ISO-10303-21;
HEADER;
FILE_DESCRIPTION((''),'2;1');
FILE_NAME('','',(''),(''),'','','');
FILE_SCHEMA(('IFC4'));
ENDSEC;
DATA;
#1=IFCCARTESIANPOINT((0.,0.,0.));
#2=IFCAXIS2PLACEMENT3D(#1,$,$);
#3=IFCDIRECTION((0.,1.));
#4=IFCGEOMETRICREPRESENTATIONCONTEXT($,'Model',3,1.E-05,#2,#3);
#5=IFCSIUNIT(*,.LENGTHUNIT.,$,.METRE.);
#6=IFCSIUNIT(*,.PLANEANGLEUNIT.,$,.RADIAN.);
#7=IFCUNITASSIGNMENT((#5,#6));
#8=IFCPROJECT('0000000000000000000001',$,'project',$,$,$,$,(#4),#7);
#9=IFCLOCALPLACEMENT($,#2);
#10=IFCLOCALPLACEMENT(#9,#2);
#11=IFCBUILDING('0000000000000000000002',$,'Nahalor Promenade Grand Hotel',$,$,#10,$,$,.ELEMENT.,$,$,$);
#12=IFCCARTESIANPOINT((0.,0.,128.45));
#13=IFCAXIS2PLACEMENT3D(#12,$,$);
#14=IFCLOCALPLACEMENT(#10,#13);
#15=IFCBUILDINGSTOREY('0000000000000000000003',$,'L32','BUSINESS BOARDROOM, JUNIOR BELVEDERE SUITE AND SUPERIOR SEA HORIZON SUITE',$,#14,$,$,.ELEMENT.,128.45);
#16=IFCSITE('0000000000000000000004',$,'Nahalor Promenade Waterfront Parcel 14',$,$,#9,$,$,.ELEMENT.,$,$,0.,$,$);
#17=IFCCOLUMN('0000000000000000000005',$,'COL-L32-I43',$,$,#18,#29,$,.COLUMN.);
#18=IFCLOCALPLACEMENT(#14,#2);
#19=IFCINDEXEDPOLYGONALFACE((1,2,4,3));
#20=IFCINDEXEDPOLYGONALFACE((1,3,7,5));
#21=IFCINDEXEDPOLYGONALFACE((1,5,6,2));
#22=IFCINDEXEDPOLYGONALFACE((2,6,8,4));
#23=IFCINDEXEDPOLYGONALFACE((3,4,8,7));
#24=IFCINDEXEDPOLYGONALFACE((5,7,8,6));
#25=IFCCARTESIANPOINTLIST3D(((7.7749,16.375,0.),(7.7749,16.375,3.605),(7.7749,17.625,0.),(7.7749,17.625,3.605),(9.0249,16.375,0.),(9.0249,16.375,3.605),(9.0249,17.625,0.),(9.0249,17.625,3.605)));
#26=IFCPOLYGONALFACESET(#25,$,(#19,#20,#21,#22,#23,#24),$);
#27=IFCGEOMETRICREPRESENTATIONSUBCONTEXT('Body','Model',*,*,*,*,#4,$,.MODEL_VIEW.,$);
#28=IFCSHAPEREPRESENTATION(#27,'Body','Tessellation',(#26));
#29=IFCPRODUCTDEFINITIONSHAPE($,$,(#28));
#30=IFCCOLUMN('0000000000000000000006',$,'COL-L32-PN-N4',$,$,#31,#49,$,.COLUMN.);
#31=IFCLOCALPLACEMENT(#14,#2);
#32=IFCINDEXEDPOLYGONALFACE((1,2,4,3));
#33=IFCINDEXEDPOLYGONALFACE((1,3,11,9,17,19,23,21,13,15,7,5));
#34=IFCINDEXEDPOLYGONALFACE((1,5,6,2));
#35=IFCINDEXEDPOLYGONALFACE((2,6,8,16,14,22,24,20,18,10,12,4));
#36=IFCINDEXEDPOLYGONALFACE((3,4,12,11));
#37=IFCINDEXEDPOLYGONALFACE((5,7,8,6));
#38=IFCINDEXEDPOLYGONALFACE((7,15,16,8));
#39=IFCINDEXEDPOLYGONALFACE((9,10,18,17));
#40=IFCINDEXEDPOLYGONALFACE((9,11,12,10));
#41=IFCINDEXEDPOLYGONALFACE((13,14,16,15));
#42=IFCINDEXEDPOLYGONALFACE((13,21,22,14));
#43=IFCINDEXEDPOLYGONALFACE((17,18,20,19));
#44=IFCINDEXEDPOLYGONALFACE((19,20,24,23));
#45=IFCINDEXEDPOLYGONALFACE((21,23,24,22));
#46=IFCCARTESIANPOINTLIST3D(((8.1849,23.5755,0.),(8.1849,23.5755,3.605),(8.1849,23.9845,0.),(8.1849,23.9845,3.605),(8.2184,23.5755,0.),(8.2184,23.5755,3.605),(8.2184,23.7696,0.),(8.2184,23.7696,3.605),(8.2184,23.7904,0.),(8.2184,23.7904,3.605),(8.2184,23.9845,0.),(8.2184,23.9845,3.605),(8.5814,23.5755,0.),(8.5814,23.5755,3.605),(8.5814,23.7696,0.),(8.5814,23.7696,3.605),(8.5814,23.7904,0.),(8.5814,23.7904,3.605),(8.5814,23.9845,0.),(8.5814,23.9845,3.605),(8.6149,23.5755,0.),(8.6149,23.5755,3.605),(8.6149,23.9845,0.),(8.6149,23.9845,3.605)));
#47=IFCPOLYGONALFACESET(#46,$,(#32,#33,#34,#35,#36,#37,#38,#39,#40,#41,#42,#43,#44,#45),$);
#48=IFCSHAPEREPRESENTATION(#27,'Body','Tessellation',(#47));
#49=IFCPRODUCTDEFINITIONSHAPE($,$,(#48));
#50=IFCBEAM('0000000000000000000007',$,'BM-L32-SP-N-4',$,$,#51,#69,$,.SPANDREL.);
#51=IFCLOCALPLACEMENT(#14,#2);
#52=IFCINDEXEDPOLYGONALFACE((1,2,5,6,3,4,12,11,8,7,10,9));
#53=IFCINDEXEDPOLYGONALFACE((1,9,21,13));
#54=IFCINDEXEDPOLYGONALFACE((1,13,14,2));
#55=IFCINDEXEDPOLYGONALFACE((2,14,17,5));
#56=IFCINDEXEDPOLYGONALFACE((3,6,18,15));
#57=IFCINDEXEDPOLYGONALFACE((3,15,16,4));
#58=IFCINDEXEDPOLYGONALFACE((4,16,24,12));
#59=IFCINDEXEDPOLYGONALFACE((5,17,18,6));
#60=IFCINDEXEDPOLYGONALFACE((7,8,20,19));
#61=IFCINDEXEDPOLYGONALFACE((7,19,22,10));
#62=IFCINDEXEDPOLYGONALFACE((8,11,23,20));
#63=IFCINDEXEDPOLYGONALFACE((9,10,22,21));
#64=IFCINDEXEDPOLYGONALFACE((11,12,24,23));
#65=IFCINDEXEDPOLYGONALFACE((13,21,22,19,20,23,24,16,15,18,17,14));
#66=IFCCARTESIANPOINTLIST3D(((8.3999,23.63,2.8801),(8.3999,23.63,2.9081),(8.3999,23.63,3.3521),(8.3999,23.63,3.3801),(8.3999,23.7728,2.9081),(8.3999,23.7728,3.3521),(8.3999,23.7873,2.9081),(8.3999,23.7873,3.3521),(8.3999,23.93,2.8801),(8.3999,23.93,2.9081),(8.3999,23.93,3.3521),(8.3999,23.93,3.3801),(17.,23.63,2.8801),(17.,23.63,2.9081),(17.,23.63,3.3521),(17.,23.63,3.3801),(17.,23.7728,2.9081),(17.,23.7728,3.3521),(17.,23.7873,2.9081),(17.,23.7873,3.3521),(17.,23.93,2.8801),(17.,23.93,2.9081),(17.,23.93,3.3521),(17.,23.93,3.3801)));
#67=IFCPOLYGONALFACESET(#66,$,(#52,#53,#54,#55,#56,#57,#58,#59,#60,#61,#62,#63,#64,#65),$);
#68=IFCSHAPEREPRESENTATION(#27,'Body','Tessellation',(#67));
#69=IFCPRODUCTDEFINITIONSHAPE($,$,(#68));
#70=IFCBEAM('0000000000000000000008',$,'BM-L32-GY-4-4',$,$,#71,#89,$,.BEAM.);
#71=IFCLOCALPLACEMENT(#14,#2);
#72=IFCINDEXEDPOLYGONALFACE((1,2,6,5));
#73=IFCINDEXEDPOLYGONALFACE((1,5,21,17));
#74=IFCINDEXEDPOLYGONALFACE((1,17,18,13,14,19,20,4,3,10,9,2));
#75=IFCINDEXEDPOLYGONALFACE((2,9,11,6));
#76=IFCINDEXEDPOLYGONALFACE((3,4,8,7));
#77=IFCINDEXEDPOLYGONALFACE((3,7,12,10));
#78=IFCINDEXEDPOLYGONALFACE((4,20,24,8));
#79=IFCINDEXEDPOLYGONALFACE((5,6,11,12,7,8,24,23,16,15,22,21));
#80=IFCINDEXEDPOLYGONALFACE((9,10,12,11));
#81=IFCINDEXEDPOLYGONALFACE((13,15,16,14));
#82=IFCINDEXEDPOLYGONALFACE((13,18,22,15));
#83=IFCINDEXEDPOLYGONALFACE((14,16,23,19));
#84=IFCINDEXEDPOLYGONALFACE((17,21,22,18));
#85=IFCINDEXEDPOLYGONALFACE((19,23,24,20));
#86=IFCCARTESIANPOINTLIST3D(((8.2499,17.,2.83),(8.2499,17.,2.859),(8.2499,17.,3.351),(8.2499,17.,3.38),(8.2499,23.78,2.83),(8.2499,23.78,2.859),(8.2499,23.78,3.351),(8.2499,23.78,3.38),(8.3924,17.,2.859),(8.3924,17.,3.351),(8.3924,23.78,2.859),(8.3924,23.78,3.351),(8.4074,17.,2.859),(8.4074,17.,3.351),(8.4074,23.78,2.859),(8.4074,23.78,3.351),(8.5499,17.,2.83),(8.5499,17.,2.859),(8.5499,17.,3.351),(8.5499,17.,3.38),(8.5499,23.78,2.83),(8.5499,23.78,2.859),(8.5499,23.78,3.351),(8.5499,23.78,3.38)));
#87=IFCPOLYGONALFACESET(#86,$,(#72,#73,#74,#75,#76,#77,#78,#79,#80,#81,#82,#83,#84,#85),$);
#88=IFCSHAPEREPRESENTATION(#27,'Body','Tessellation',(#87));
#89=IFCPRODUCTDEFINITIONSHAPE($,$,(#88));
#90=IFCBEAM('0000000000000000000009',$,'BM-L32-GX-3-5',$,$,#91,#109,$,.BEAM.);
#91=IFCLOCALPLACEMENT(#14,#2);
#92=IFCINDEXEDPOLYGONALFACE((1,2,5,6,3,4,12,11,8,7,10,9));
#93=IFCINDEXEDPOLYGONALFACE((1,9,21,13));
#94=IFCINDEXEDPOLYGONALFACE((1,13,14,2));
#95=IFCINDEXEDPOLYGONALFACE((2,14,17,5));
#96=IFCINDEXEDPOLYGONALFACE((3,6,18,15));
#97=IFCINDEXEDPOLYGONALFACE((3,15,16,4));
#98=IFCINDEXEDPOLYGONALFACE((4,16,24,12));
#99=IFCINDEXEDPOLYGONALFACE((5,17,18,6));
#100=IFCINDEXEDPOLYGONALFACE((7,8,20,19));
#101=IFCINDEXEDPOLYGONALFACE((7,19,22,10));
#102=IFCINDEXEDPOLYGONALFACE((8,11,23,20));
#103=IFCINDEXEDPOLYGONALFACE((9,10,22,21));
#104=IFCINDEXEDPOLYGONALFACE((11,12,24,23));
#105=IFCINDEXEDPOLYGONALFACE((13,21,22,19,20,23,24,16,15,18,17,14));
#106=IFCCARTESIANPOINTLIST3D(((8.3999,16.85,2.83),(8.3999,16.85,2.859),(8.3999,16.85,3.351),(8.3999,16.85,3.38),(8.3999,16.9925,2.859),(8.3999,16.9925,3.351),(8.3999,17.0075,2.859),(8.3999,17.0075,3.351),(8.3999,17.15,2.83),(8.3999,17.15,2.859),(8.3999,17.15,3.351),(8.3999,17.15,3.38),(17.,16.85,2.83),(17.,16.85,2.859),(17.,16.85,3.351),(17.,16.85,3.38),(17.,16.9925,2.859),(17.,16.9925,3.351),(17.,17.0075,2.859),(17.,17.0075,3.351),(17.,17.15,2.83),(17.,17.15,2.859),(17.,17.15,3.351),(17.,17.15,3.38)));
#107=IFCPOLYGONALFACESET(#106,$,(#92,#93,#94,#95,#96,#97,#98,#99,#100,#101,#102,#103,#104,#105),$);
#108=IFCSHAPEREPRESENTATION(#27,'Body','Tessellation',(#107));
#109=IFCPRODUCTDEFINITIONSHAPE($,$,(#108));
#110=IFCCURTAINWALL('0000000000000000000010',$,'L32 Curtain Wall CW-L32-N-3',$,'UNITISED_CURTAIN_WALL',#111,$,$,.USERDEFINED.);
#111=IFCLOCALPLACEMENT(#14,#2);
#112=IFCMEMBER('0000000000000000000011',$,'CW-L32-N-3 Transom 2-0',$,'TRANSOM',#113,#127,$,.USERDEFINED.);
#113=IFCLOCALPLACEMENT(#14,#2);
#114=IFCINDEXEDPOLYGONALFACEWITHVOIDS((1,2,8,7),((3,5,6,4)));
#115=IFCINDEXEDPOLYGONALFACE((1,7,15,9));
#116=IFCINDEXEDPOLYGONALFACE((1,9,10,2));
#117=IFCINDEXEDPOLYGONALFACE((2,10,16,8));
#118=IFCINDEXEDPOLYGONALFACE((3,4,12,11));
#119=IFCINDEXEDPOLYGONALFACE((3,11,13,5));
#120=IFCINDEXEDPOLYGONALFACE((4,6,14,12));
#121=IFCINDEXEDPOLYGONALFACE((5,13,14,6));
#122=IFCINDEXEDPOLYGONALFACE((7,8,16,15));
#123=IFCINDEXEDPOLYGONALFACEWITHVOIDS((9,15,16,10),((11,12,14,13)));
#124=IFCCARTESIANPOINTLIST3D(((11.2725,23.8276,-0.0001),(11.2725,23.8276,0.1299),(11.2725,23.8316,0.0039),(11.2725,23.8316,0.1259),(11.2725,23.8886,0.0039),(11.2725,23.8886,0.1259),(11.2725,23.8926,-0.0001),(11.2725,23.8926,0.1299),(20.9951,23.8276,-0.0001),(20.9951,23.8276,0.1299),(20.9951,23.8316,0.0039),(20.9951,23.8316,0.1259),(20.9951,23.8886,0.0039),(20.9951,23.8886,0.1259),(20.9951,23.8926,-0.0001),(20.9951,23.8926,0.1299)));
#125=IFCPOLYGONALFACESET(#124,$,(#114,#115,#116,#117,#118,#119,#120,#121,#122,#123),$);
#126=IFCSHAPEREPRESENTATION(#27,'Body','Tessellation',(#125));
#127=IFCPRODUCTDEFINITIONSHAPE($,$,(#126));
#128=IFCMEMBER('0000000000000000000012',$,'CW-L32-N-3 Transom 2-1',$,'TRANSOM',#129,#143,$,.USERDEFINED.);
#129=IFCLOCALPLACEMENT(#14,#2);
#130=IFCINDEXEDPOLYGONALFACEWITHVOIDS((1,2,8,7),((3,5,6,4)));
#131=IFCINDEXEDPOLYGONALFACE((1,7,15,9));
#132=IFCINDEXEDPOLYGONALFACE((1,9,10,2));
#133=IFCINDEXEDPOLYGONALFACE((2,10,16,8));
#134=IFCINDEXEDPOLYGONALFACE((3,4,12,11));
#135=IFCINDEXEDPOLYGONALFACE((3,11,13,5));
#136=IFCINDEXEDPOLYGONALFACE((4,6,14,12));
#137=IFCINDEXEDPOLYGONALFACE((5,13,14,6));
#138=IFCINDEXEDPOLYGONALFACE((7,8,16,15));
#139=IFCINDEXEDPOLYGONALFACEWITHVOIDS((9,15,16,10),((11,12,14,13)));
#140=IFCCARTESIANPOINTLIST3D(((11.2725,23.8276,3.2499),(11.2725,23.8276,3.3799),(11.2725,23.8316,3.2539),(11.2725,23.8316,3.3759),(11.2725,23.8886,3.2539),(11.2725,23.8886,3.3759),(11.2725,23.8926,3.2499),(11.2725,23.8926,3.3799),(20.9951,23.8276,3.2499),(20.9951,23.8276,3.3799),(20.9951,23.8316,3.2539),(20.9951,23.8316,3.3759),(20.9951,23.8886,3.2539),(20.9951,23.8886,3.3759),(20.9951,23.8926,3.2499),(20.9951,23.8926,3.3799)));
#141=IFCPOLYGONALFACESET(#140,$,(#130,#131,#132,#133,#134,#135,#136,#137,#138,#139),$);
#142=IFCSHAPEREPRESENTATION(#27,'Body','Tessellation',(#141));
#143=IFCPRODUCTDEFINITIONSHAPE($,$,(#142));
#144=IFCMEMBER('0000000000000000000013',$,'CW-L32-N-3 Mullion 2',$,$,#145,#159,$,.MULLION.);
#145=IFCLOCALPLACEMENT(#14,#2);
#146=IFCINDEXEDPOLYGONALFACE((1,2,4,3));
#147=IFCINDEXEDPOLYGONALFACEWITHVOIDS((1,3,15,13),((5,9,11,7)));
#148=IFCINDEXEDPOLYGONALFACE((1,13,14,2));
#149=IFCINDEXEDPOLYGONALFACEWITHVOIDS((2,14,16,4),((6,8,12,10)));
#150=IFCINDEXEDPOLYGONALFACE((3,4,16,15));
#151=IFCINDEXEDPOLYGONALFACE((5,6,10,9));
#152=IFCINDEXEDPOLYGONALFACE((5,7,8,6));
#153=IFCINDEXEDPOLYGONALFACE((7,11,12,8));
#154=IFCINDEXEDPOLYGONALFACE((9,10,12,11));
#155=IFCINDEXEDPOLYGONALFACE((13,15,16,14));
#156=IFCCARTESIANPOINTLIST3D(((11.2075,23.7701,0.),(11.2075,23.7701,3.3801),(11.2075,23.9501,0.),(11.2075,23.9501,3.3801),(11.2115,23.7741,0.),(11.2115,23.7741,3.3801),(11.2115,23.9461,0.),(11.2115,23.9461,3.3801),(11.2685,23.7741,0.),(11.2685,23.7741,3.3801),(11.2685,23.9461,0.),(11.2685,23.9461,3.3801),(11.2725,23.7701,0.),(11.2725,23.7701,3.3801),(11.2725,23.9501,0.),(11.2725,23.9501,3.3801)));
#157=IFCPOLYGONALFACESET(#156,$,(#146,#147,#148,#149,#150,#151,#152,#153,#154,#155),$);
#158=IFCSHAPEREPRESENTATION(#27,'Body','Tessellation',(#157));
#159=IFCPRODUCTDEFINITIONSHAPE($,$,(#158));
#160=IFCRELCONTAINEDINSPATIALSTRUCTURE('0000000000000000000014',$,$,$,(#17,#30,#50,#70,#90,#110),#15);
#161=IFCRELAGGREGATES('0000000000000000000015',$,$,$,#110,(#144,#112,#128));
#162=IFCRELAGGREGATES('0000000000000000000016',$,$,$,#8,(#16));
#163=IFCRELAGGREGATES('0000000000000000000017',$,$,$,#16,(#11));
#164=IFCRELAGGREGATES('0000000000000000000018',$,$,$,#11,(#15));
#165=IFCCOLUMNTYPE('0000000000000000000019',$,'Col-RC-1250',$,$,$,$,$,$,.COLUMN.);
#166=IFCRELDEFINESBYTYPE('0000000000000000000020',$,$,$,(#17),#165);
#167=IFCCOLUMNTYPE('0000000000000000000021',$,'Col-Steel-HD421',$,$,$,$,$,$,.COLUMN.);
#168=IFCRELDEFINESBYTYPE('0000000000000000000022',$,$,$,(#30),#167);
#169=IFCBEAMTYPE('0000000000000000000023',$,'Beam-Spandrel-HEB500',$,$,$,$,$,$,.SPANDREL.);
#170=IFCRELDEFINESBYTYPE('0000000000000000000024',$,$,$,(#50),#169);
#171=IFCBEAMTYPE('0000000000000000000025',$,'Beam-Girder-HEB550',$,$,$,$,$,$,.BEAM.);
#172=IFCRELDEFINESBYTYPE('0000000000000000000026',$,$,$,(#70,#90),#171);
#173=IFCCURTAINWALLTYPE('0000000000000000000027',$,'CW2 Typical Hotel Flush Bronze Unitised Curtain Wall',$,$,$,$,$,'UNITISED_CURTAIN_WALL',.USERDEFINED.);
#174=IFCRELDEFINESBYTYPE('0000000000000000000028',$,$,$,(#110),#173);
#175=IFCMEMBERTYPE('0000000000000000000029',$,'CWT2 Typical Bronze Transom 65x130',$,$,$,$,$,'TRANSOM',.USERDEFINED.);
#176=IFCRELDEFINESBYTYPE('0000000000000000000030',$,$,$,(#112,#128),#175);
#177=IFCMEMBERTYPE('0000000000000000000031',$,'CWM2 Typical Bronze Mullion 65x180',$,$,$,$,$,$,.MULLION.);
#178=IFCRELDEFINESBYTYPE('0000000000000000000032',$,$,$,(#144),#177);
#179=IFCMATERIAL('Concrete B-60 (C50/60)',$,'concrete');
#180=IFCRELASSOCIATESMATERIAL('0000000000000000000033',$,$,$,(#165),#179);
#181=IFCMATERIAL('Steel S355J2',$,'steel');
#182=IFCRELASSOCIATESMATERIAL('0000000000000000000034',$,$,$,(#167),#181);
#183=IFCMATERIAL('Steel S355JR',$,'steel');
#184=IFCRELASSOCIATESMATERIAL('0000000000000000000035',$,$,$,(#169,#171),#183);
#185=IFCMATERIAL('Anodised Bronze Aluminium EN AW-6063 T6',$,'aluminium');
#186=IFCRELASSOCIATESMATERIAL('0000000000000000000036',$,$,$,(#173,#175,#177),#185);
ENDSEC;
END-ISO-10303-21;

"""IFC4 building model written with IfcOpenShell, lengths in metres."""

from ifc_helpers import new_model, si_unit, direction, frame, origin, origin_2d, place, context, subcontext, project, spatial, rectangle, hollow_rectangle, i_section, extrude, source, transform, mapped, material, material_profile, profile_set, type_object, element, aggregate, save


model = new_model("IFC4")

# Units and contexts
model_context = context("Model", 3, precision=1e-05, world=origin(), true_north=direction((0.0, 1.0)))
body_context = subcontext(model_context, "Body", "Model", "MODEL_VIEW")
ifc_project = project(units=[si_unit("LENGTHUNIT", "METRE"), si_unit("PLANEANGLEUNIT", "RADIAN")], contexts=[model_context])

# Site, building, storey
site_placement = place(None, origin())
site = spatial("IfcSite", under=ifc_project, at=site_placement, Name="Nahalor Promenade Waterfront Parcel 14", CompositionType="ELEMENT", RefElevation=0.0)
building_placement = place(site_placement, origin())
building = spatial("IfcBuilding", under=site, at=building_placement, Name="Nahalor Promenade Grand Hotel", CompositionType="ELEMENT")
storey_placement = place(building_placement, frame((0.0, 0.0, 128.45)))
storey = spatial("IfcBuildingStorey", under=building, at=storey_placement, Name="L32", Description="BUSINESS BOARDROOM, JUNIOR BELVEDERE SUITE AND SUPERIOR SEA HORIZON SUITE", CompositionType="ELEMENT", Elevation=128.45)

# Columns
ifc_material_1 = material(Name="Concrete B-60 (C50/60)", Category="concrete")
ifc_material_profile_1 = material_profile(ifc_material_1, rectangle(XDim=1.25, YDim=1.25, at=origin_2d()), Name="RC 1250x1250")
ifc_profile_set_1 = profile_set([ifc_material_profile_1], Name="Concrete B-60 (C50/60)")
column_type_1 = type_object("IfcColumnType", Name="Col-RC-1250", PredefinedType="COLUMN", material=ifc_profile_set_1)
shared_shape_1 = source(origin(), body_context, "Body", "SweptSolid", [
    extrude(rectangle(XDim=1.25, YDim=1.25, at=origin_2d()), origin(), (0.0, 0.0, 1.0), 3.605),
])
column_1_placement = place(storey_placement, frame((8.3999, 17.0, 0.0), z_axis=(0.0, 0.0, 1.0), x_axis=(1.0, 0.0, 0.0)))
element("IfcColumn", 1, at=column_1_placement, inside=storey, type_object=column_type_1, Name="COL-L32-I43", PredefinedType="COLUMN", context=body_context, shape_type="MappedRepresentation", body=[
    mapped(shared_shape_1, transform((0.0, 0.0, 0.0), scale=1.0)),
])
ifc_material_2 = material(Name="Steel S355J2", Category="steel")
ifc_material_profile_2 = material_profile(ifc_material_2, i_section(OverallWidth=0.409, OverallDepth=0.43, WebThickness=0.0208, FlangeThickness=0.0335, at=origin_2d()), Name="HD 400x421")
ifc_profile_set_2 = profile_set([ifc_material_profile_2], Name="Steel S355J2")
column_type_2 = type_object("IfcColumnType", Name="Col-Steel-HD421", PredefinedType="COLUMN", material=ifc_profile_set_2)
shared_shape_2 = source(origin(), body_context, "Body", "SweptSolid", [
    extrude(i_section(OverallWidth=0.409, OverallDepth=0.43, WebThickness=0.0208, FlangeThickness=0.0335, at=origin_2d()), origin(), (0.0, 0.0, 1.0), 3.605),
])
column_2_placement = place(storey_placement, frame((8.3999, 23.78, 0.0), z_axis=(0.0, 0.0, 1.0), x_axis=(0.0, 1.0, 0.0)))
element("IfcColumn", 2, at=column_2_placement, inside=storey, type_object=column_type_2, Name="COL-L32-PN-N4", PredefinedType="COLUMN", context=body_context, shape_type="MappedRepresentation", body=[
    mapped(shared_shape_2, transform((0.0, 0.0, 0.0), scale=1.0)),
])

# Beams
ifc_material_3 = material(Name="Steel S355JR", Category="steel")
ifc_material_profile_3 = material_profile(ifc_material_3, i_section(OverallWidth=0.3, OverallDepth=0.5, WebThickness=0.0145, FlangeThickness=0.028, at=origin_2d()), Name="HEB 500")
ifc_profile_set_3 = profile_set([ifc_material_profile_3], Name="Steel S355JR")
beam_type_1 = type_object("IfcBeamType", Name="Beam-Spandrel-HEB500", PredefinedType="SPANDREL", material=ifc_profile_set_3)
shared_shape_3 = source(origin(), body_context, "Body", "SweptSolid", [
    extrude(i_section(OverallWidth=0.3, OverallDepth=0.5, WebThickness=0.0145, FlangeThickness=0.028, at=origin_2d()), origin(), (0.0, 0.0, 1.0), 8.6001),
])
beam_1_placement = place(storey_placement, frame((8.3999, 23.78, 3.1301), z_axis=(1.0, 0.0, 0.0), x_axis=(0.0, 1.0, 0.0)))
element("IfcBeam", 3, at=beam_1_placement, inside=storey, type_object=beam_type_1, Name="BM-L32-SP-N-4", PredefinedType="SPANDREL", context=body_context, shape_type="MappedRepresentation", body=[
    mapped(shared_shape_3, transform((0.0, 0.0, 0.0), scale=1.0)),
])
ifc_material_profile_4 = material_profile(ifc_material_3, i_section(OverallWidth=0.3, OverallDepth=0.55, WebThickness=0.015, FlangeThickness=0.029, at=origin_2d()), Name="HEB 550")
ifc_profile_set_4 = profile_set([ifc_material_profile_4], Name="Steel S355JR")
beam_type_2 = type_object("IfcBeamType", Name="Beam-Girder-HEB550", PredefinedType="BEAM", material=ifc_profile_set_4)
shared_shape_4 = source(origin(), body_context, "Body", "SweptSolid", [
    extrude(i_section(OverallWidth=0.3, OverallDepth=0.55, WebThickness=0.015, FlangeThickness=0.029, at=origin_2d()), origin(), (0.0, 0.0, 1.0), 6.78),
])
beam_2_placement = place(storey_placement, frame((8.3999, 17.0, 3.105), z_axis=(0.0, 1.0, 0.0), x_axis=(-1.0, 0.0, 0.0)))
element("IfcBeam", 4, at=beam_2_placement, inside=storey, type_object=beam_type_2, Name="BM-L32-GY-4-4", PredefinedType="BEAM", context=body_context, shape_type="MappedRepresentation", body=[
    mapped(shared_shape_4, transform((0.0, 0.0, 0.0), scale=1.0)),
])
shared_shape_5 = source(origin(), body_context, "Body", "SweptSolid", [
    extrude(i_section(OverallWidth=0.3, OverallDepth=0.55, WebThickness=0.015, FlangeThickness=0.029, at=origin_2d()), origin(), (0.0, 0.0, 1.0), 8.6001),
])
beam_3_placement = place(storey_placement, frame((8.3999, 17.0, 3.105), z_axis=(1.0, 0.0, 0.0), x_axis=(0.0, 1.0, 0.0)))
element("IfcBeam", 5, at=beam_3_placement, inside=storey, type_object=beam_type_2, Name="BM-L32-GX-3-5", PredefinedType="BEAM", context=body_context, shape_type="MappedRepresentation", body=[
    mapped(shared_shape_5, transform((0.0, 0.0, 0.0), scale=1.0)),
])

# Curtain wall, members
ifc_material_4 = material(Name="Anodised Bronze Aluminium EN AW-6063 T6", Category="aluminium")
curtain_wall_type = type_object("IfcCurtainWallType", Name="CW2 Typical Hotel Flush Bronze Unitised Curtain Wall", ElementType="UNITISED_CURTAIN_WALL", PredefinedType="USERDEFINED", material=ifc_material_4)
curtain_wall_placement = place(storey_placement, origin())
curtain_wall = element("IfcCurtainWall", 6, at=curtain_wall_placement, inside=storey, type_object=curtain_wall_type, Name="L32 Curtain Wall CW-L32-N-3", ObjectType="UNITISED_CURTAIN_WALL", PredefinedType="USERDEFINED")
ifc_material_profile_5 = material_profile(ifc_material_4, hollow_rectangle(XDim=0.065, YDim=0.13, WallThickness=0.004, at=origin_2d()), Name="CWT 65x130x4")
ifc_profile_set_5 = profile_set([ifc_material_profile_5], Name="Anodised Bronze Aluminium EN AW-6063 T6")
member_type_1 = type_object("IfcMemberType", Name="CWT2 Typical Bronze Transom 65x130", ElementType="TRANSOM", PredefinedType="USERDEFINED", material=ifc_profile_set_5)
shared_shape_6 = source(origin(), body_context, "Body", "SweptSolid", [
    extrude(hollow_rectangle(XDim=0.065, YDim=0.13, WallThickness=0.004, at=origin_2d()), origin(), (0.0, 0.0, 1.0), 9.7227),
])
member_1_placement = place(storey_placement, frame((11.2725, 23.8601, 0.0649), z_axis=(1.0, 0.0, 0.0), x_axis=(0.0, 1.0, 0.0)))
member_1 = element("IfcMember", 7, at=member_1_placement, type_object=member_type_1, Name="CW-L32-N-3 Transom 2-0", ObjectType="TRANSOM", PredefinedType="USERDEFINED", context=body_context, shape_type="MappedRepresentation", body=[
    mapped(shared_shape_6, transform((0.0, 0.0, 0.0), scale=1.0)),
])
member_2_placement = place(storey_placement, frame((11.2725, 23.8601, 3.3149), z_axis=(1.0, 0.0, 0.0), x_axis=(0.0, 1.0, 0.0)))
member_2 = element("IfcMember", 8, at=member_2_placement, type_object=member_type_1, Name="CW-L32-N-3 Transom 2-1", ObjectType="TRANSOM", PredefinedType="USERDEFINED", context=body_context, shape_type="MappedRepresentation", body=[
    mapped(shared_shape_6, transform((0.0, 0.0, 0.0), scale=1.0)),
])
ifc_material_profile_6 = material_profile(ifc_material_4, hollow_rectangle(XDim=0.065, YDim=0.18, WallThickness=0.004, at=origin_2d()), Name="CWM 65x180x4")
ifc_profile_set_6 = profile_set([ifc_material_profile_6], Name="Anodised Bronze Aluminium EN AW-6063 T6")
member_type_2 = type_object("IfcMemberType", Name="CWM2 Typical Bronze Mullion 65x180", PredefinedType="MULLION", material=ifc_profile_set_6)
shared_shape_7 = source(origin(), body_context, "Body", "SweptSolid", [
    extrude(hollow_rectangle(XDim=0.065, YDim=0.18, WallThickness=0.004, at=origin_2d()), origin(), (0.0, 0.0, 1.0), 3.3801),
])
member_3_placement = place(storey_placement, frame((11.24, 23.8601, 0.0), z_axis=(0.0, 0.0, 1.0), x_axis=(1.0, 0.0, 0.0)))
member_3 = element("IfcMember", 9, at=member_3_placement, type_object=member_type_2, Name="CW-L32-N-3 Mullion 2", PredefinedType="MULLION", context=body_context, shape_type="MappedRepresentation", body=[
    mapped(shared_shape_7, transform((0.0, 0.0, 0.0), scale=1.0)),
])
aggregate(curtain_wall, [member_3, member_1, member_2])

save(model, "model.ifc")
